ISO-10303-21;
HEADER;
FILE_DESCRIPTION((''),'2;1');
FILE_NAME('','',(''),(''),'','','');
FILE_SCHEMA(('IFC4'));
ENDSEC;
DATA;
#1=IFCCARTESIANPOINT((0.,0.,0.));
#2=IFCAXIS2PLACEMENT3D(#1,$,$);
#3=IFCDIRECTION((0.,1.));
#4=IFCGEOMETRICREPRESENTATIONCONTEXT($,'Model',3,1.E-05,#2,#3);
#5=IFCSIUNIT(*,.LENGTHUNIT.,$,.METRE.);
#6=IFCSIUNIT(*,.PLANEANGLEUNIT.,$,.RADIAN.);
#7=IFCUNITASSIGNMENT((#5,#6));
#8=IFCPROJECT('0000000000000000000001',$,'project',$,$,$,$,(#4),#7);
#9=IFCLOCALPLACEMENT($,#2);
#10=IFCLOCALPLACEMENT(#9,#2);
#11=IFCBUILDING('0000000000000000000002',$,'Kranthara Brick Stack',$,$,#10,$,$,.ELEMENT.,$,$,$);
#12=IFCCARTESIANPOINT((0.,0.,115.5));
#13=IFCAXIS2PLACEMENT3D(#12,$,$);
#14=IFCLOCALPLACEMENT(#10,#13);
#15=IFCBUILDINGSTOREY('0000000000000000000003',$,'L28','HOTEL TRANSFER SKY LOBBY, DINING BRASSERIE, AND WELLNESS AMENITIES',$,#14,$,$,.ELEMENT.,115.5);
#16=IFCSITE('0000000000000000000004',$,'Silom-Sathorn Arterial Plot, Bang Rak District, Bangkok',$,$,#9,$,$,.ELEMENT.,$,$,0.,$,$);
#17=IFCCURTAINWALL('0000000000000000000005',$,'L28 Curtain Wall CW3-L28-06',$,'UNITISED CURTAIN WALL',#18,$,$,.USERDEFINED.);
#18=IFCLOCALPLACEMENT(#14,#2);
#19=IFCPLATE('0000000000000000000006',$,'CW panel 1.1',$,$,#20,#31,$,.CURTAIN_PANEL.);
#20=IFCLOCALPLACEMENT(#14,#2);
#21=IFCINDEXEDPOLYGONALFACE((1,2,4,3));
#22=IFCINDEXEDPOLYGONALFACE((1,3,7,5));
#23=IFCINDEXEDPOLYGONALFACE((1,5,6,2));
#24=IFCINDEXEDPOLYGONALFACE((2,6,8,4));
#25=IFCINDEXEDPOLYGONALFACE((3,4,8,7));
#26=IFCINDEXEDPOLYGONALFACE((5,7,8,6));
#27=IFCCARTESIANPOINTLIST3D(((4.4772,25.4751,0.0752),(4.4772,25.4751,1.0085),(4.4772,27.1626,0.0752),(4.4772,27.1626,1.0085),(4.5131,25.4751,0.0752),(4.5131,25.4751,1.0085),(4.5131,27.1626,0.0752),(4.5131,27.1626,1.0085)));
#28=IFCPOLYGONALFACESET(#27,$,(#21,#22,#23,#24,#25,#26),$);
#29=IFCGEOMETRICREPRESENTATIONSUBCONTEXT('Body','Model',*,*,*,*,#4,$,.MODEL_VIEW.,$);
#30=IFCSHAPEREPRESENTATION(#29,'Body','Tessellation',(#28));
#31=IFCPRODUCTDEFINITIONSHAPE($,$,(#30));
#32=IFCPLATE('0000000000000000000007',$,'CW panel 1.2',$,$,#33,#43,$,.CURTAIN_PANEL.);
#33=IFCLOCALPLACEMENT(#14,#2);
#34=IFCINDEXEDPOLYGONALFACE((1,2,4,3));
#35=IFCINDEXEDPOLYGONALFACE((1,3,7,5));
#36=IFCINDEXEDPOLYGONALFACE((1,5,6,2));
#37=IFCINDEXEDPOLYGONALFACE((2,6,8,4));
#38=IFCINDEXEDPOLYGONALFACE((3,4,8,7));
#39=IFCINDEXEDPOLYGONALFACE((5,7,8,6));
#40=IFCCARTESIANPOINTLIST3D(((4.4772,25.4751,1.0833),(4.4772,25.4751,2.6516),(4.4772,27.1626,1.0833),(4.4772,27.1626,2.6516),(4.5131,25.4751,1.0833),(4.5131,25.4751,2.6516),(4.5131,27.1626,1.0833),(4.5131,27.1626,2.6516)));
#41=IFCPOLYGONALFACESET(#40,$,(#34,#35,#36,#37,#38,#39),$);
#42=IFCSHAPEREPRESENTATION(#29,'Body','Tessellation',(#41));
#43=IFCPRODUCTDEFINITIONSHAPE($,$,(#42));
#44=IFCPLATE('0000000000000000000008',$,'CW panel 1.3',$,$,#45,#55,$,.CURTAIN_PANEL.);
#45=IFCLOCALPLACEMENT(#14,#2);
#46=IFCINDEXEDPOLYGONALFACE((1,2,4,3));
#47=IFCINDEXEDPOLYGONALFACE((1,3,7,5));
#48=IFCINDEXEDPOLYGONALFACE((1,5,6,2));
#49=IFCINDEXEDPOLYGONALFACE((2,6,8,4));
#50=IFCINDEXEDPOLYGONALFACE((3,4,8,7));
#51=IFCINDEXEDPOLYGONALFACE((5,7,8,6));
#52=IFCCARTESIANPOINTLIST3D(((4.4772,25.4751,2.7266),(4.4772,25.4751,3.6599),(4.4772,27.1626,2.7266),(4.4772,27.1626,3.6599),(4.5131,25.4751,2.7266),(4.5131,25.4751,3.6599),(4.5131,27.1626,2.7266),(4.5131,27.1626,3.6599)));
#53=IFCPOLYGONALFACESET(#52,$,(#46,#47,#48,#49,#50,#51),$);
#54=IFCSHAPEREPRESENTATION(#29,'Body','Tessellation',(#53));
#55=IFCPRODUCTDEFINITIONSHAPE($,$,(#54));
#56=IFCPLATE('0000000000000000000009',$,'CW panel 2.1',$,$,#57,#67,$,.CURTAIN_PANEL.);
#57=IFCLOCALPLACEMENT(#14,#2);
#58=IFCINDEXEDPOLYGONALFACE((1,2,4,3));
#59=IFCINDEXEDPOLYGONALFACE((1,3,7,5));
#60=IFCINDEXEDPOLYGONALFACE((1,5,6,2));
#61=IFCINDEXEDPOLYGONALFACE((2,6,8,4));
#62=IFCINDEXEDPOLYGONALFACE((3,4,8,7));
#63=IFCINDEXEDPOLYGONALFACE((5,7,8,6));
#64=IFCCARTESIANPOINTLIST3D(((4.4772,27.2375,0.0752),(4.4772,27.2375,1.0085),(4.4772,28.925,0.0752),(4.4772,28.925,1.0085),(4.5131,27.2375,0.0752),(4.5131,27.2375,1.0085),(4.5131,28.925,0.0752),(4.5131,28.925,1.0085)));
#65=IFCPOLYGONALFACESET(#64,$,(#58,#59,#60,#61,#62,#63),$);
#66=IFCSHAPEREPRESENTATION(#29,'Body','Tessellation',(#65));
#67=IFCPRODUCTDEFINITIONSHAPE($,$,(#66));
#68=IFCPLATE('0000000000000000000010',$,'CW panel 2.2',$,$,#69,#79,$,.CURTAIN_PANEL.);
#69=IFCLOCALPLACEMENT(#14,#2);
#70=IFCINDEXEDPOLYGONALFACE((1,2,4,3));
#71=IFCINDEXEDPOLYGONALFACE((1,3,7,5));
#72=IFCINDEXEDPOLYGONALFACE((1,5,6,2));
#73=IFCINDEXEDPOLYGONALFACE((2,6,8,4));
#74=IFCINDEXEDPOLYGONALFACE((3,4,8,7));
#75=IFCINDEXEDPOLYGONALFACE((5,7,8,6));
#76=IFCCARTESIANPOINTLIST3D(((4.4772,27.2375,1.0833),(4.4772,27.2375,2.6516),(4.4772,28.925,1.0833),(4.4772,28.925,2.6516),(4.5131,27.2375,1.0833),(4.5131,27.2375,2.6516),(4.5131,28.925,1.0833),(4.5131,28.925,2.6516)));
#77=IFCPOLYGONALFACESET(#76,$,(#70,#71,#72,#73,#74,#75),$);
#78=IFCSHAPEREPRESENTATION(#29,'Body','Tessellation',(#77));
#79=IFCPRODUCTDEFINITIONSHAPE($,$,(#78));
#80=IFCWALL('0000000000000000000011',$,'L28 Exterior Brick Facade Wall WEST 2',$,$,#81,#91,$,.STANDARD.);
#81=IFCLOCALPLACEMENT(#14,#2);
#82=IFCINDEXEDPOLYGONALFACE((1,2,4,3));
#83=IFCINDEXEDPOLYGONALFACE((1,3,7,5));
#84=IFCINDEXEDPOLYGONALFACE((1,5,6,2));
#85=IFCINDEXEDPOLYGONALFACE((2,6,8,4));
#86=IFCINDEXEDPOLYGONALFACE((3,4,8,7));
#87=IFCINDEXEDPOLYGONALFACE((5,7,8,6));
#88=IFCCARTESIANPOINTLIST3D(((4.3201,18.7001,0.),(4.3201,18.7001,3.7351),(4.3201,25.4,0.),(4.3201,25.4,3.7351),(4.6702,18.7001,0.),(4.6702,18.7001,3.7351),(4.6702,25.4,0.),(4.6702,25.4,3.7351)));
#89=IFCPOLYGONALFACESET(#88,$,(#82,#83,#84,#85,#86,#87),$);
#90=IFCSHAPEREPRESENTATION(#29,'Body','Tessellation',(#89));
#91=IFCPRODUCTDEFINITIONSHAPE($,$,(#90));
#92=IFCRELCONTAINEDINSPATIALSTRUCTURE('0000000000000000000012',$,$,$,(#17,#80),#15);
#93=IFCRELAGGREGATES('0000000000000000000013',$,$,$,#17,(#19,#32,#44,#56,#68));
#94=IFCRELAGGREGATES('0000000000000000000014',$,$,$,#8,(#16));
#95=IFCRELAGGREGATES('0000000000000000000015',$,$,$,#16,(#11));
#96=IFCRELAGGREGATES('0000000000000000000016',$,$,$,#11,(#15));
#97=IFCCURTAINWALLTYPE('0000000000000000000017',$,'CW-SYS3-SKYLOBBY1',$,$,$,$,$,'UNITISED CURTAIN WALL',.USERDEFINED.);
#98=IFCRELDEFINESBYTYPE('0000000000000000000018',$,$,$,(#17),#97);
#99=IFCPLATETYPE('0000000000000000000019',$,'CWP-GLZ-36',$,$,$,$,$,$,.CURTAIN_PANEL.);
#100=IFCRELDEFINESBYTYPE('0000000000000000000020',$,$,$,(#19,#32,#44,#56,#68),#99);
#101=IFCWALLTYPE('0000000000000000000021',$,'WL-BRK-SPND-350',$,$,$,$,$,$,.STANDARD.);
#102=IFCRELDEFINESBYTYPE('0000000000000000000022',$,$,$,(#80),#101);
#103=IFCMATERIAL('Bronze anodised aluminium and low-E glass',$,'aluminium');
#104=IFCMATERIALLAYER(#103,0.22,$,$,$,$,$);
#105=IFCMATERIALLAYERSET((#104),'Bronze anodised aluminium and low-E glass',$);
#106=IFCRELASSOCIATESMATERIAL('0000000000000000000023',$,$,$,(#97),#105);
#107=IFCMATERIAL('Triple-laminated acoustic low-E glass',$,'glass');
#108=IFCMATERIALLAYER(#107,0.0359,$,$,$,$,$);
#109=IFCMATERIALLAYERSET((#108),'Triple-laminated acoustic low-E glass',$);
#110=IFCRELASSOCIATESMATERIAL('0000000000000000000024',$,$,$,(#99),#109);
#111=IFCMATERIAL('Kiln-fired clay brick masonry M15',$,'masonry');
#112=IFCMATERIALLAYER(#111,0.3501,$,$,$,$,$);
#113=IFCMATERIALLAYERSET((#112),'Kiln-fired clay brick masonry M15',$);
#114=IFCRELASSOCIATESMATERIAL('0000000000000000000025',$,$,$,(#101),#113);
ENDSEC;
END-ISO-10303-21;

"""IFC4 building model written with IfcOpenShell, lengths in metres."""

from ifc_helpers import new_model, si_unit, direction, frame, frame_2d, origin, origin_2d, place, context, subcontext, project, spatial, rectangle, extrude, material, layer, layer_set, type_object, element, aggregate, save


model = new_model("IFC4")

# Units and contexts
model_context = context("Model", 3, precision=1e-05, world=origin(), true_north=direction((0.0, 1.0)))
body_context = subcontext(model_context, "Body", "Model", "MODEL_VIEW")
ifc_project = project(units=[si_unit("LENGTHUNIT", "METRE"), si_unit("PLANEANGLEUNIT", "RADIAN")], contexts=[model_context])

# Site, building, storey
site_placement = place(None, origin())
site = spatial("IfcSite", under=ifc_project, at=site_placement, Name="Silom-Sathorn Arterial Plot, Bang Rak District, Bangkok", CompositionType="ELEMENT", RefElevation=0.0)
building_placement = place(site_placement, origin())
building = spatial("IfcBuilding", under=site, at=building_placement, Name="Kranthara Brick Stack", CompositionType="ELEMENT")
storey_placement = place(building_placement, frame((0.0, 0.0, 115.5)))
storey = spatial("IfcBuildingStorey", under=building, at=storey_placement, Name="L28", Description="HOTEL TRANSFER SKY LOBBY, DINING BRASSERIE, AND WELLNESS AMENITIES", CompositionType="ELEMENT", Elevation=115.5)

# Shared definitions
ifc_material_1 = material(Name="Bronze anodised aluminium and low-E glass", Category="aluminium")
ifc_layer_1 = layer(ifc_material_1, 0.22)
ifc_layer_set_1 = layer_set([ifc_layer_1], Name="Bronze anodised aluminium and low-E glass")
curtain_wall_type = type_object("IfcCurtainWallType", Name="CW-SYS3-SKYLOBBY1", ElementType="UNITISED CURTAIN WALL", PredefinedType="USERDEFINED", material=ifc_layer_set_1)

# Curtain wall, plates
curtain_wall_1_placement = place(storey_placement, origin())
curtain_wall_1 = element("IfcCurtainWall", 1, at=curtain_wall_1_placement, inside=storey, type_object=curtain_wall_type, Name="L28 Curtain Wall CW3-L28-06", ObjectType="UNITISED CURTAIN WALL", PredefinedType="USERDEFINED")
ifc_material_2 = material(Name="Triple-laminated acoustic low-E glass", Category="glass")
ifc_layer_2 = layer(ifc_material_2, 0.0359)
ifc_layer_set_2 = layer_set([ifc_layer_2], Name="Triple-laminated acoustic low-E glass")
plate_type = type_object("IfcPlateType", Name="CWP-GLZ-36", PredefinedType="CURTAIN_PANEL", material=ifc_layer_set_2)
plate_1_placement = place(storey_placement, frame((4.4951, 26.3188, 0.0752), z_axis=(0.0, 0.0, 1.0), x_axis=(0.0, 1.0, 0.0)))
plate_1 = element("IfcPlate", 2, at=plate_1_placement, type_object=plate_type, Name="CW panel 1.1", PredefinedType="CURTAIN_PANEL", context=body_context, shape_type="SweptSolid", body=[
    extrude(rectangle(XDim=1.6875, YDim=0.0359, at=origin_2d()), origin(), (0.0, 0.0, 1.0), 0.9333),
])
plate_2_placement = place(storey_placement, frame((4.4951, 26.3188, 1.0833), z_axis=(0.0, 0.0, 1.0), x_axis=(0.0, 1.0, 0.0)))
plate_2 = element("IfcPlate", 3, at=plate_2_placement, type_object=plate_type, Name="CW panel 1.2", PredefinedType="CURTAIN_PANEL", context=body_context, shape_type="SweptSolid", body=[
    extrude(rectangle(XDim=1.6875, YDim=0.0359, at=origin_2d()), origin(), (0.0, 0.0, 1.0), 1.5684),
])
plate_3_placement = place(storey_placement, frame((4.4951, 26.3188, 2.7266), z_axis=(0.0, 0.0, 1.0), x_axis=(0.0, 1.0, 0.0)))
plate_3 = element("IfcPlate", 4, at=plate_3_placement, type_object=plate_type, Name="CW panel 1.3", PredefinedType="CURTAIN_PANEL", context=body_context, shape_type="SweptSolid", body=[
    extrude(rectangle(XDim=1.6875, YDim=0.0359, at=origin_2d()), origin(), (0.0, 0.0, 1.0), 0.9333),
])
plate_4_placement = place(storey_placement, frame((4.4951, 28.0813, 0.0752), z_axis=(0.0, 0.0, 1.0), x_axis=(0.0, 1.0, 0.0)))
plate_4 = element("IfcPlate", 5, at=plate_4_placement, type_object=plate_type, Name="CW panel 2.1", PredefinedType="CURTAIN_PANEL", context=body_context, shape_type="SweptSolid", body=[
    extrude(rectangle(XDim=1.6875, YDim=0.0359, at=origin_2d()), origin(), (0.0, 0.0, 1.0), 0.9333),
])
plate_5_placement = place(storey_placement, frame((4.4951, 28.0813, 1.0833), z_axis=(0.0, 0.0, 1.0), x_axis=(0.0, 1.0, 0.0)))
plate_5 = element("IfcPlate", 6, at=plate_5_placement, type_object=plate_type, Name="CW panel 2.2", PredefinedType="CURTAIN_PANEL", context=body_context, shape_type="SweptSolid", body=[
    extrude(rectangle(XDim=1.6875, YDim=0.0359, at=origin_2d()), origin(), (0.0, 0.0, 1.0), 1.5684),
])
aggregate(curtain_wall_1, [plate_1, plate_2, plate_3, plate_4, plate_5])

# Wall
ifc_material_3 = material(Name="Kiln-fired clay brick masonry M15", Category="masonry")
ifc_layer_3 = layer(ifc_material_3, 0.3501)
ifc_layer_set_3 = layer_set([ifc_layer_3], Name="Kiln-fired clay brick masonry M15")
wall_type = type_object("IfcWallType", Name="WL-BRK-SPND-350", PredefinedType="STANDARD", material=ifc_layer_set_3)
wall_placement = place(storey_placement, frame((4.4951, 18.7, 0.0), z_axis=(0.0, 0.0, 1.0), x_axis=(0.0, 1.0, 0.0)))
element("IfcWall", 7, at=wall_placement, inside=storey, type_object=wall_type, Name="L28 Exterior Brick Facade Wall WEST 2", PredefinedType="STANDARD", context=body_context, shape_type="SweptSolid", body=[
    extrude(rectangle(XDim=6.7, YDim=0.3501, at=frame_2d((3.3501, 0.0))), origin(), (0.0, 0.0, 1.0), 3.7351),
])

save(model, "model.ifc")
